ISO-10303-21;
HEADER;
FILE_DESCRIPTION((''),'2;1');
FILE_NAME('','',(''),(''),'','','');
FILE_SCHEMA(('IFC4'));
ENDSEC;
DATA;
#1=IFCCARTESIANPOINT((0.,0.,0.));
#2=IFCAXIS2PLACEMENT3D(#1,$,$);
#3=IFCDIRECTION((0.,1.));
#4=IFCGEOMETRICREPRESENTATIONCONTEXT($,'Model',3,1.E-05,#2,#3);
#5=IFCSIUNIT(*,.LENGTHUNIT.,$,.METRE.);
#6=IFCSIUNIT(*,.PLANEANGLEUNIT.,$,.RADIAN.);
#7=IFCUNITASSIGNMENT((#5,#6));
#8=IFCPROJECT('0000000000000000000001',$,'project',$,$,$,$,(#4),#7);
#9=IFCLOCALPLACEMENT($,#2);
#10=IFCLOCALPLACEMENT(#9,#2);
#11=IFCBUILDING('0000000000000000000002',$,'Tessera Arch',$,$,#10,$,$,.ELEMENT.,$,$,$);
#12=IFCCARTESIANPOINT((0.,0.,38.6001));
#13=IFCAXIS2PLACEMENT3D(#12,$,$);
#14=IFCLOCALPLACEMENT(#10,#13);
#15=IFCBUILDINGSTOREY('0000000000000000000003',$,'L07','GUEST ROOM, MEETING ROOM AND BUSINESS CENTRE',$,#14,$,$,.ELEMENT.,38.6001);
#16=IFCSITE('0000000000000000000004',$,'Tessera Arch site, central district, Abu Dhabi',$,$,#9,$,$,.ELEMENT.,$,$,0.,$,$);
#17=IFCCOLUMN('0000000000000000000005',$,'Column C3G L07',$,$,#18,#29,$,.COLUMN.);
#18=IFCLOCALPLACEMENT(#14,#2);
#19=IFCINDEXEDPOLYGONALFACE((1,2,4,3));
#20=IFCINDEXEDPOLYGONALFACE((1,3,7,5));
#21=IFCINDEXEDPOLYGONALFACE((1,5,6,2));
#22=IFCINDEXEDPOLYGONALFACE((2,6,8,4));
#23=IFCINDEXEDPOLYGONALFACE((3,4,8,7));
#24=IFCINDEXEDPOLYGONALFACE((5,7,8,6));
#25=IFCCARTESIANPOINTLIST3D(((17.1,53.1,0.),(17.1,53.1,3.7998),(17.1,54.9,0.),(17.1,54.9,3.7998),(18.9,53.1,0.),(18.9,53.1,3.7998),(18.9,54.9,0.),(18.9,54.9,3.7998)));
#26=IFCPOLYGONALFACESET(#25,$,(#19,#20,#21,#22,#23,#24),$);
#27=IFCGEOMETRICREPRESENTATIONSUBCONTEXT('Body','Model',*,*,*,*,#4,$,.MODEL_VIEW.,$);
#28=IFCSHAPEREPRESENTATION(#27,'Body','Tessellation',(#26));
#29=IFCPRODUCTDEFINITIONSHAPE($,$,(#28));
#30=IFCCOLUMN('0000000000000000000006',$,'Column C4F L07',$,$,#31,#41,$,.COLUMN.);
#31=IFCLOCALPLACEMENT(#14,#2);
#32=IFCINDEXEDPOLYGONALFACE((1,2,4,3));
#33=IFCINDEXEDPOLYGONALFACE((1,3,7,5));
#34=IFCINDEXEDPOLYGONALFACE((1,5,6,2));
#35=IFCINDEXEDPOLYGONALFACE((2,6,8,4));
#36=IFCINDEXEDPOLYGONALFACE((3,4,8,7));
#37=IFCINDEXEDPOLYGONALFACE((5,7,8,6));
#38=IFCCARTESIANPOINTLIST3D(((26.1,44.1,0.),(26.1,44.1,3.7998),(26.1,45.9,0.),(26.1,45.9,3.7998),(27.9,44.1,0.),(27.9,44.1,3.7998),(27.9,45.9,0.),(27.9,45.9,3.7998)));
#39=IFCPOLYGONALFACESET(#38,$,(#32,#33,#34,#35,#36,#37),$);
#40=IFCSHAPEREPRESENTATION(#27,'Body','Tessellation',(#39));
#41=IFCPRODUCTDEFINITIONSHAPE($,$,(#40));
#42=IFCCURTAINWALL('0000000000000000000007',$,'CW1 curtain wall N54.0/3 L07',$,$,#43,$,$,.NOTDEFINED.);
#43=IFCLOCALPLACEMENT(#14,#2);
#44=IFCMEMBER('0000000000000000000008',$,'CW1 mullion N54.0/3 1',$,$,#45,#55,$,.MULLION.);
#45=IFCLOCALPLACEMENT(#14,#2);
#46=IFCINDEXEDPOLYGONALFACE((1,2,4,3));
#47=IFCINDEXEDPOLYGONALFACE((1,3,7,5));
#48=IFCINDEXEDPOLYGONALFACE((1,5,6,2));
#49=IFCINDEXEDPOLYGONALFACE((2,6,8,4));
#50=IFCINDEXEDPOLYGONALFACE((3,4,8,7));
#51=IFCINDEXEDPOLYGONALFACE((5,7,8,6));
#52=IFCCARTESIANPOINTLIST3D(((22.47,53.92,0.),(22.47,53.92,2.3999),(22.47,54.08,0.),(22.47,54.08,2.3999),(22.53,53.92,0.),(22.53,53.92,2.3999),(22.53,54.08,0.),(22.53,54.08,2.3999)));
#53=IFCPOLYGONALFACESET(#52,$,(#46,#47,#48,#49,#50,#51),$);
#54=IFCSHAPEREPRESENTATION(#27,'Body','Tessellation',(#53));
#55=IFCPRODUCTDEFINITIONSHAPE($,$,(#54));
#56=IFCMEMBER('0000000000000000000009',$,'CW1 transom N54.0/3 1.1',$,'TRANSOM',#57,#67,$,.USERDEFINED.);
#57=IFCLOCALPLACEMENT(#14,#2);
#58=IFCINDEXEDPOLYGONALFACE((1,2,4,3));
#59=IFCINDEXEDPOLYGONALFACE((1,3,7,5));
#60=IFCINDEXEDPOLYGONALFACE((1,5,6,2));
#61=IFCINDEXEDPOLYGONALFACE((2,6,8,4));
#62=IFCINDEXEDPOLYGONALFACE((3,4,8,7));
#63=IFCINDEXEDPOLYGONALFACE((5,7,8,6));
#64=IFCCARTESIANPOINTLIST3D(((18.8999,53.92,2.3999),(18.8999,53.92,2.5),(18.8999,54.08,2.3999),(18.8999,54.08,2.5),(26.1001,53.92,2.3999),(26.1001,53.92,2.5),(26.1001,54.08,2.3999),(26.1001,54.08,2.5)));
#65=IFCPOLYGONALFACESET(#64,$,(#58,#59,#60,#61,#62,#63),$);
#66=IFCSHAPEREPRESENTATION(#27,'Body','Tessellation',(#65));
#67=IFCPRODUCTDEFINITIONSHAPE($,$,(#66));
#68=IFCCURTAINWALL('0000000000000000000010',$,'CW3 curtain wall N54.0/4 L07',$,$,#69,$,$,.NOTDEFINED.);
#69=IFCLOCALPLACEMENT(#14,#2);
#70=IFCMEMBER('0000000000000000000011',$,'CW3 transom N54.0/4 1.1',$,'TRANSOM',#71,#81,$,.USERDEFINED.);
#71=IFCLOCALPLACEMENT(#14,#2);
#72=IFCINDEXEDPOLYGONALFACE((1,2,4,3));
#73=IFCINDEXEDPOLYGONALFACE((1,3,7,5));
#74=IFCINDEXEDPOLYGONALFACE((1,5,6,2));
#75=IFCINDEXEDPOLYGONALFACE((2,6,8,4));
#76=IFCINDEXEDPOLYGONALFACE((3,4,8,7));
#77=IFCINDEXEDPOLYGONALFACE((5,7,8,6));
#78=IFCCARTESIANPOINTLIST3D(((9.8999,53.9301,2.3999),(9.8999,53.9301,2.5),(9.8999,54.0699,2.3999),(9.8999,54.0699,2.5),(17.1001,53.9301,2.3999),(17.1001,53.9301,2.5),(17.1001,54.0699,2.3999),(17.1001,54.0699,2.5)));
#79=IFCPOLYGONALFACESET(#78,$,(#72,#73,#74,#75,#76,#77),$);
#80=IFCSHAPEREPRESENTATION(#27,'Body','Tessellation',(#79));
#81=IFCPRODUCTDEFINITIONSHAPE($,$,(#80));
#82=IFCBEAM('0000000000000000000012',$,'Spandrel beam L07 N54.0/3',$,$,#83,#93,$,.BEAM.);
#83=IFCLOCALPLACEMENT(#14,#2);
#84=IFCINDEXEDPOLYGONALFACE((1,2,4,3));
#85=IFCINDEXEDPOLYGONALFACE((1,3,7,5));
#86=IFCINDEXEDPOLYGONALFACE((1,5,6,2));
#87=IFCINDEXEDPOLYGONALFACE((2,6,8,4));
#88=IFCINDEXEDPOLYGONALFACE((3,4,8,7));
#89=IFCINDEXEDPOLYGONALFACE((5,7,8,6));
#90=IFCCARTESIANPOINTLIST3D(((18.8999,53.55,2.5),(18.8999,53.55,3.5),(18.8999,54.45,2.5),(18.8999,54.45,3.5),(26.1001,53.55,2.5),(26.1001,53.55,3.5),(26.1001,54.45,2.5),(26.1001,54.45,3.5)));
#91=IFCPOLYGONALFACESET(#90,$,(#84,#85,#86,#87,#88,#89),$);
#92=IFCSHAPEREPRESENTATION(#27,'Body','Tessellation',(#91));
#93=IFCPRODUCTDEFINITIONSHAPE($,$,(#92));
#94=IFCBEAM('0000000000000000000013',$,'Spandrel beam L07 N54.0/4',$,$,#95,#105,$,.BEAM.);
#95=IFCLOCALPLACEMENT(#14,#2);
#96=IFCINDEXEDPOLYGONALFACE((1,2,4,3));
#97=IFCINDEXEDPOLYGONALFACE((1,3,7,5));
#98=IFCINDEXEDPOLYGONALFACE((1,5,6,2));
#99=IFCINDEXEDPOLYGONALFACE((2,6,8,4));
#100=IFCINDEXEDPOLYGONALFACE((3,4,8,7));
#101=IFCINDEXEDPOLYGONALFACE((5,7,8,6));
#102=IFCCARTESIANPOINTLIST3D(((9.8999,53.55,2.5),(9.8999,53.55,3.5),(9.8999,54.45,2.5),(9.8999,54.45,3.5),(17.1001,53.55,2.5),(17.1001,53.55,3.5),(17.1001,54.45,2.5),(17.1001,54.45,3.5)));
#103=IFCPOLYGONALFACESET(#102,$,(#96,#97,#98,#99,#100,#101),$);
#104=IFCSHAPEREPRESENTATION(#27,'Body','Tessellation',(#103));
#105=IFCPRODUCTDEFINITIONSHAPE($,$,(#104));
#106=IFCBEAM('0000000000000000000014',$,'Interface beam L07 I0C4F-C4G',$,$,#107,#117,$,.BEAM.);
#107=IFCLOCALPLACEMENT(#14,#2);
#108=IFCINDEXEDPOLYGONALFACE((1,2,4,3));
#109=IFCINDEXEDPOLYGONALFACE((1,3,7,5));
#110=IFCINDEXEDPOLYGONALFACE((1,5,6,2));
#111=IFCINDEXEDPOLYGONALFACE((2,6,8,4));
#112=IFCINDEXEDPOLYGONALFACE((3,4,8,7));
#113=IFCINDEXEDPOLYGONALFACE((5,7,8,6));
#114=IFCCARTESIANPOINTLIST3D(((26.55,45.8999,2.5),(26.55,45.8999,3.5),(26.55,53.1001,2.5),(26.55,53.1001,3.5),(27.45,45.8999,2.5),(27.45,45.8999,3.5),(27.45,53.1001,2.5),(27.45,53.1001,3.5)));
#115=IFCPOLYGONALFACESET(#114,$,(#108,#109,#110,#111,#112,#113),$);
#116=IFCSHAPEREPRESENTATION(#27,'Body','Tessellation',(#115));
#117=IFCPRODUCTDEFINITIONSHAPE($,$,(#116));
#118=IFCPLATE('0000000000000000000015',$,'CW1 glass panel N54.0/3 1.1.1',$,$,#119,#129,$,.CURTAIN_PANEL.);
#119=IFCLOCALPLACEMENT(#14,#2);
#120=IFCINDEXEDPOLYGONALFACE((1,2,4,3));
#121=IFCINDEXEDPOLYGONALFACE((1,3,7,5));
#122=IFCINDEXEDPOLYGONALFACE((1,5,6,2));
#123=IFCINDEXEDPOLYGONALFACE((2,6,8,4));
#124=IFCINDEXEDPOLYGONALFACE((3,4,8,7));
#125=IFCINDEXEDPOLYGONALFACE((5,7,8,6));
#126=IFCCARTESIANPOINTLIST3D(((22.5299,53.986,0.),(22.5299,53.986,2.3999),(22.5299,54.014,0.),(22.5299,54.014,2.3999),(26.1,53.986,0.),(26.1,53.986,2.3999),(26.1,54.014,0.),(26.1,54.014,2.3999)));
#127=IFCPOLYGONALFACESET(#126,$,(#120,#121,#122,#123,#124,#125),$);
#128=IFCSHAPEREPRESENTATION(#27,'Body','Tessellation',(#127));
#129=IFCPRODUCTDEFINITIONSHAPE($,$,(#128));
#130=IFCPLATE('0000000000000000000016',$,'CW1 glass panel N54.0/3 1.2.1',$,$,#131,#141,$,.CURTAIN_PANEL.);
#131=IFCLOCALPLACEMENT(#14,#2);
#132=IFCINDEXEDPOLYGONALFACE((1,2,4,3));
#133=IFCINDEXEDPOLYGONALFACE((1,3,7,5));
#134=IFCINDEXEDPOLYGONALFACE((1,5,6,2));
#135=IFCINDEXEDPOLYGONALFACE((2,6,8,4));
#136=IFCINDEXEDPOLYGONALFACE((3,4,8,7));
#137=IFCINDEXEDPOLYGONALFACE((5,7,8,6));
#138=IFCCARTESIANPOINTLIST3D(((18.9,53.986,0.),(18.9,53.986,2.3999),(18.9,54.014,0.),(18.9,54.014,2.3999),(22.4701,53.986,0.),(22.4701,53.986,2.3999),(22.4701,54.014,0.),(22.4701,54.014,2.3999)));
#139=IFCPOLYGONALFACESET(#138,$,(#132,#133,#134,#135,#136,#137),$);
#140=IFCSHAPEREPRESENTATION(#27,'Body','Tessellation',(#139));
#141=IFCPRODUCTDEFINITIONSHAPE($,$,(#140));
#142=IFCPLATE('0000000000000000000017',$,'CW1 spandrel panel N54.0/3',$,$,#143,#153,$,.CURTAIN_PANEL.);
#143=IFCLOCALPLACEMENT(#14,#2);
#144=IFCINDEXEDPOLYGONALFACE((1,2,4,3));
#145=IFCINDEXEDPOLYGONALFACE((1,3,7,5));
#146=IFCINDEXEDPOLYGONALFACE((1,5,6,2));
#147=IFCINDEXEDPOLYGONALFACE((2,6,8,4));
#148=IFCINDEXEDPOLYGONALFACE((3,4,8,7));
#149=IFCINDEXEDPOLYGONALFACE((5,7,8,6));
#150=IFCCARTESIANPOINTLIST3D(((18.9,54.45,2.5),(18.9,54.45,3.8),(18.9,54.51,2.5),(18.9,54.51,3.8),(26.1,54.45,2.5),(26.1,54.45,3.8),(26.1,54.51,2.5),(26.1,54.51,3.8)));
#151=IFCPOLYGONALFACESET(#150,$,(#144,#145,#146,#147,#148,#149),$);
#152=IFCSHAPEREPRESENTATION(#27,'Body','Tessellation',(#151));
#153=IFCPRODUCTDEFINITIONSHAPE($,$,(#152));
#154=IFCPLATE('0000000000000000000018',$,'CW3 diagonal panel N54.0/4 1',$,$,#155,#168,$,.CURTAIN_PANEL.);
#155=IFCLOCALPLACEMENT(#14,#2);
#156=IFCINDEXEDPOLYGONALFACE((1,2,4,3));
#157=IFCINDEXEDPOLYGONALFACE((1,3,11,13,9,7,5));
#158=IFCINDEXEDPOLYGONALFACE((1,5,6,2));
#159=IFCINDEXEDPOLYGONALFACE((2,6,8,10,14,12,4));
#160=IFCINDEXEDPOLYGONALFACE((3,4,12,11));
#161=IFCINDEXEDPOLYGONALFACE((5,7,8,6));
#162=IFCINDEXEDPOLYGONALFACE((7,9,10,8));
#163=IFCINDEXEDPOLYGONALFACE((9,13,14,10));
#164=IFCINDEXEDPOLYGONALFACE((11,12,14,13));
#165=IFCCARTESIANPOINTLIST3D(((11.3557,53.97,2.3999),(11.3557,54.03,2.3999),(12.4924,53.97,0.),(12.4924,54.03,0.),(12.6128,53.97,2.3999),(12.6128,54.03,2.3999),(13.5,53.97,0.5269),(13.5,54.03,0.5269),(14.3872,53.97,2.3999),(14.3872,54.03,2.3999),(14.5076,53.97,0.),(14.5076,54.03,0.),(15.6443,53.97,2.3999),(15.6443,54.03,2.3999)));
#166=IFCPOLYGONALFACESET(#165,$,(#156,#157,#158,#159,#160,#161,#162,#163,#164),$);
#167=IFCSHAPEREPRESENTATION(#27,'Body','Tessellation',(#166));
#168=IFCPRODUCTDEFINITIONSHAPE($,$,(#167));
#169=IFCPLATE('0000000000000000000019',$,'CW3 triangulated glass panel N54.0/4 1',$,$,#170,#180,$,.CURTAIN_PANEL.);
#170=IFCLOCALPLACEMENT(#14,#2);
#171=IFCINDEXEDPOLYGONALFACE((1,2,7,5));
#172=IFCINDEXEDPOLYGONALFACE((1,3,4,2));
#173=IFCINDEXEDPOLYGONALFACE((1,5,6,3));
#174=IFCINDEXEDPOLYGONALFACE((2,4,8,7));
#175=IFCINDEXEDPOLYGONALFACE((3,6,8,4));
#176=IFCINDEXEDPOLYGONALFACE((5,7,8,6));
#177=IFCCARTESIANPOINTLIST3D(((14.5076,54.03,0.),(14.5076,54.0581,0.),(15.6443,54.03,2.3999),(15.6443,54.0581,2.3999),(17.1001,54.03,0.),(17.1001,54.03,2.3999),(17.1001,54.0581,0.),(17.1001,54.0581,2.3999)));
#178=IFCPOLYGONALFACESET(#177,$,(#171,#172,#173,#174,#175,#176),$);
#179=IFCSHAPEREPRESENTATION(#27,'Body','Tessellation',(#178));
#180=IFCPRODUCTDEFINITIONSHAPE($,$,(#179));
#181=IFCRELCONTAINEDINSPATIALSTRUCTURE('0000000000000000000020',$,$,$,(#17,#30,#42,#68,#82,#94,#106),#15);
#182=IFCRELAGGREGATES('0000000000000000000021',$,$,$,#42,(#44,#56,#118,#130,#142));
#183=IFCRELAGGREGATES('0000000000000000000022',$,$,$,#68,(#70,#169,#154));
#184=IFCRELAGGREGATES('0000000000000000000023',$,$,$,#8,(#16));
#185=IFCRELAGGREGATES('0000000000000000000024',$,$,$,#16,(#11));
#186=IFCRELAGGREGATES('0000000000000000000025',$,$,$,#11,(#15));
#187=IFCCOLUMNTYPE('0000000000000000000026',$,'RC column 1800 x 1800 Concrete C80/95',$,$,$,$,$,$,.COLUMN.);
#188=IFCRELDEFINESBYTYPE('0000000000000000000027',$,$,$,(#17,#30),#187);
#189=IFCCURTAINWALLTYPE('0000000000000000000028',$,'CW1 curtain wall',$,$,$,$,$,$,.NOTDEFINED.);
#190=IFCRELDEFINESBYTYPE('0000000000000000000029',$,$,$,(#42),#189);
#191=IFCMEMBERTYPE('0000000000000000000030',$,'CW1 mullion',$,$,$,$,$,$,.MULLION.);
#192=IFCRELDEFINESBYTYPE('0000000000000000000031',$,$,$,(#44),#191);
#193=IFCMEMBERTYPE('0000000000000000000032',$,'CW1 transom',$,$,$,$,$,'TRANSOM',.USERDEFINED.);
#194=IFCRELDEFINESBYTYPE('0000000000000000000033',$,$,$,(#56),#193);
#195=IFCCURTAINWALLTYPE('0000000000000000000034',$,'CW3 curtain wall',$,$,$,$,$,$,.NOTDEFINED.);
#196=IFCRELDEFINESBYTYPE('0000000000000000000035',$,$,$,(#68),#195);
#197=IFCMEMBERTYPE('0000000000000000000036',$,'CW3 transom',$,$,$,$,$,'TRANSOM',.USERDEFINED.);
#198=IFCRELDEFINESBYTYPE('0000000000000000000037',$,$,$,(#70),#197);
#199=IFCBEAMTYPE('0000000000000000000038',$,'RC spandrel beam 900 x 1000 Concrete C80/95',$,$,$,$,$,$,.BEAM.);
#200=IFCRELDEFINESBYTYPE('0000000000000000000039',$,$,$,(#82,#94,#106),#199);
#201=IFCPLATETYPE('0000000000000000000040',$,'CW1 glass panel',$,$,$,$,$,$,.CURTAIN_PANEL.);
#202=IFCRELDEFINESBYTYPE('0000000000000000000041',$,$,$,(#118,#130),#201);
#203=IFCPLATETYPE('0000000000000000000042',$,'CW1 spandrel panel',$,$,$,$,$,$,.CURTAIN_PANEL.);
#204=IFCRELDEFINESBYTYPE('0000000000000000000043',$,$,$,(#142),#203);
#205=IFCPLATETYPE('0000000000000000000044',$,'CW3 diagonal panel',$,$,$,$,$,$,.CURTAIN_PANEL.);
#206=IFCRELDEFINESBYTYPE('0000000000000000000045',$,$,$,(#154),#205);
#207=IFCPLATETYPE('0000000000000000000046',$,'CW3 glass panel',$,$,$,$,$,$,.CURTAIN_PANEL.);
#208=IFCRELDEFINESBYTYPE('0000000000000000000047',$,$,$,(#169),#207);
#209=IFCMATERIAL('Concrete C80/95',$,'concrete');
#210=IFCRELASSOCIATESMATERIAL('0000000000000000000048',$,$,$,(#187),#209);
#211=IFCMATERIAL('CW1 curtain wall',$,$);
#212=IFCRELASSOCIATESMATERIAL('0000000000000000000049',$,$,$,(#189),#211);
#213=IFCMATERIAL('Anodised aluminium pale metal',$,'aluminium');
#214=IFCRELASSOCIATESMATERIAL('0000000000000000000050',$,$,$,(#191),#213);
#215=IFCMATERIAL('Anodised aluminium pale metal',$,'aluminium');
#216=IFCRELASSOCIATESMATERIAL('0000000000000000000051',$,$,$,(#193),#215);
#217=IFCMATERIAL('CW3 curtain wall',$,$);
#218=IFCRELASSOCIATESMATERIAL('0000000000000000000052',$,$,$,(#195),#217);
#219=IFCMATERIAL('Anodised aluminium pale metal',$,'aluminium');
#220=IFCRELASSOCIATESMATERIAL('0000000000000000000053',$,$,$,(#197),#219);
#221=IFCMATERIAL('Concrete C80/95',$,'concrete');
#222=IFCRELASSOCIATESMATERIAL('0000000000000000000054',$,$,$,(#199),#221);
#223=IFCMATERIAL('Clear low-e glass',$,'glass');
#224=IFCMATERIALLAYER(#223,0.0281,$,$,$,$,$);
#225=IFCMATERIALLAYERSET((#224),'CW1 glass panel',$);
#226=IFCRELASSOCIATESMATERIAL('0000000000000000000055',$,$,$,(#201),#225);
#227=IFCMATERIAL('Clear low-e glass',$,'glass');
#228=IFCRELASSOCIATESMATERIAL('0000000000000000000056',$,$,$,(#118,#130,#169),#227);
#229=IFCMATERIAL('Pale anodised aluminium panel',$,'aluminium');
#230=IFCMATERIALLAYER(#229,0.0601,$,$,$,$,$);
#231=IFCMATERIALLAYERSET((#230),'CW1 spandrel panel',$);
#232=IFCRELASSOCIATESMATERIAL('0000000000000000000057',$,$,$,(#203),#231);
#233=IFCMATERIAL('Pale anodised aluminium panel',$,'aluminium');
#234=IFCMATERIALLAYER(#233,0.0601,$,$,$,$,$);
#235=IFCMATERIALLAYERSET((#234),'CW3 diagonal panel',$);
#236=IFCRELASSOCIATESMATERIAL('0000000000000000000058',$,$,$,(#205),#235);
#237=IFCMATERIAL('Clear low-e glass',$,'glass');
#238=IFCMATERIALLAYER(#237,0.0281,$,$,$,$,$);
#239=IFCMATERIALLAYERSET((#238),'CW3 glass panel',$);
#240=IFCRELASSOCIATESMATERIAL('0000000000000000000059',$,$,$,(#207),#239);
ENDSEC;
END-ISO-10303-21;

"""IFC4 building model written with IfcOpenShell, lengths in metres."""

from ifc_helpers import new_model, si_unit, direction, frame, origin, origin_2d, place, context, subcontext, project, spatial, polyline, rectangle, outline, extrude, material, layer, layer_set, material_profile, profile_set, type_object, element, aggregate, save


model = new_model("IFC4")

# Units and contexts
model_context = context("Model", 3, precision=1e-05, world=origin(), true_north=direction((0.0, 1.0)))
body_context = subcontext(model_context, "Body", "Model", "MODEL_VIEW")
ifc_project = project(units=[si_unit("LENGTHUNIT", "METRE"), si_unit("PLANEANGLEUNIT", "RADIAN")], contexts=[model_context])

# Site, building, storey
site_placement = place(None, origin())
site = spatial("IfcSite", under=ifc_project, at=site_placement, Name="Tessera Arch site, central district, Abu Dhabi", CompositionType="ELEMENT", RefElevation=0.0)
building_placement = place(site_placement, origin())
building = spatial("IfcBuilding", under=site, at=building_placement, Name="Tessera Arch", CompositionType="ELEMENT")
storey_placement = place(building_placement, frame((0.0, 0.0, 38.6001)))
storey = spatial("IfcBuildingStorey", under=building, at=storey_placement, Name="L07", Description="GUEST ROOM, MEETING ROOM AND BUSINESS CENTRE", CompositionType="ELEMENT", Elevation=38.6001)

# Columns
ifc_material_1 = material(Name="Concrete C80/95", Category="concrete")
ifc_material_profile_1 = material_profile(ifc_material_1, rectangle(XDim=1.8, YDim=1.8, at=origin_2d()), Name="RC column 1800 x 1800 Concrete C80/95")
ifc_profile_set_1 = profile_set([ifc_material_profile_1], Name="Concrete C80/95")
column_type = type_object("IfcColumnType", Name="RC column 1800 x 1800 Concrete C80/95", PredefinedType="COLUMN", material=ifc_profile_set_1)
for number, where, z_axis, x_axis, name in (
    (1, (18.0, 54.0, 0.0), (0.0, 0.0, 1.0), (1.0, 0.0, 0.0), "Column C3G L07"),
    (2, (27.0, 45.0, 0.0), (0.0, 0.0, 1.0), (1.0, 0.0, 0.0), "Column C4F L07"),
):
    element("IfcColumn", number, at=place(storey_placement, frame(where, z_axis=z_axis, x_axis=x_axis)), inside=storey, type_object=column_type, Name=name, PredefinedType="COLUMN", context=body_context, shape_type="SweptSolid", body=[
        extrude(rectangle(XDim=1.8, YDim=1.8, at=origin_2d()), origin(), (0.0, 0.0, 1.0), 3.7998),
    ])

# Curtain wall, members
ifc_material_2 = material(Name="CW1 curtain wall")
curtain_wall_type_1 = type_object("IfcCurtainWallType", Name="CW1 curtain wall", PredefinedType="NOTDEFINED", material=ifc_material_2)
curtain_wall_1_placement = place(storey_placement, origin())
curtain_wall_1 = element("IfcCurtainWall", 3, at=curtain_wall_1_placement, inside=storey, type_object=curtain_wall_type_1, Name="CW1 curtain wall N54.0/3 L07", PredefinedType="NOTDEFINED")
ifc_material_3 = material(Name="Anodised aluminium pale metal", Category="aluminium")
ifc_material_profile_2 = material_profile(ifc_material_3, rectangle(XDim=0.1599, YDim=0.0601, at=origin_2d()), Name="AL 60x160")
ifc_profile_set_2 = profile_set([ifc_material_profile_2], Name="Anodised aluminium pale metal")
member_type_1 = type_object("IfcMemberType", Name="CW1 mullion", PredefinedType="MULLION", material=ifc_profile_set_2)
member_1_placement = place(storey_placement, frame((22.5, 54.0, 0.0), z_axis=(0.0, 0.0, 1.0), x_axis=(0.0, -1.0, 0.0)))
member_1 = element("IfcMember", 4, at=member_1_placement, type_object=member_type_1, Name="CW1 mullion N54.0/3 1", PredefinedType="MULLION", context=body_context, shape_type="SweptSolid", body=[
    extrude(rectangle(XDim=0.1599, YDim=0.0601, at=origin_2d()), origin(), (0.0, 0.0, 1.0), 2.3999),
])
ifc_material_4 = material(Name="Anodised aluminium pale metal", Category="aluminium")
ifc_material_profile_3 = material_profile(ifc_material_4, rectangle(XDim=0.1599, YDim=0.1001, at=origin_2d()), Name="AL 160x100")
ifc_profile_set_3 = profile_set([ifc_material_profile_3], Name="Anodised aluminium pale metal")
member_type_2 = type_object("IfcMemberType", Name="CW1 transom", ElementType="TRANSOM", PredefinedType="USERDEFINED", material=ifc_profile_set_3)
member_2_placement = place(storey_placement, frame((26.1001, 54.0, 2.45), z_axis=(-1.0, 0.0, 0.0), x_axis=(0.0, -1.0, 0.0)))
member_2 = element("IfcMember", 5, at=member_2_placement, type_object=member_type_2, Name="CW1 transom N54.0/3 1.1", ObjectType="TRANSOM", PredefinedType="USERDEFINED", context=body_context, shape_type="SweptSolid", body=[
    extrude(rectangle(XDim=0.1599, YDim=0.1001, at=origin_2d()), origin(), (0.0, 0.0, 1.0), 7.2002),
])

# Curtain wall, member
ifc_material_5 = material(Name="CW3 curtain wall")
curtain_wall_type_2 = type_object("IfcCurtainWallType", Name="CW3 curtain wall", PredefinedType="NOTDEFINED", material=ifc_material_5)
curtain_wall_2_placement = place(storey_placement, origin())
curtain_wall_2 = element("IfcCurtainWall", 6, at=curtain_wall_2_placement, inside=storey, type_object=curtain_wall_type_2, Name="CW3 curtain wall N54.0/4 L07", PredefinedType="NOTDEFINED")
ifc_material_6 = material(Name="Anodised aluminium pale metal", Category="aluminium")
ifc_material_profile_4 = material_profile(ifc_material_6, rectangle(XDim=0.1399, YDim=0.1001, at=origin_2d()), Name="AL 140x100")
ifc_profile_set_4 = profile_set([ifc_material_profile_4], Name="Anodised aluminium pale metal")
member_type_3 = type_object("IfcMemberType", Name="CW3 transom", ElementType="TRANSOM", PredefinedType="USERDEFINED", material=ifc_profile_set_4)
member_3_placement = place(storey_placement, frame((17.1001, 54.0, 2.45), z_axis=(-1.0, 0.0, 0.0), x_axis=(0.0, -1.0, 0.0)))
member_3 = element("IfcMember", 7, at=member_3_placement, type_object=member_type_3, Name="CW3 transom N54.0/4 1.1", ObjectType="TRANSOM", PredefinedType="USERDEFINED", context=body_context, shape_type="SweptSolid", body=[
    extrude(rectangle(XDim=0.1399, YDim=0.1001, at=origin_2d()), origin(), (0.0, 0.0, 1.0), 7.2002),
])

# Beams
ifc_material_7 = material(Name="Concrete C80/95", Category="concrete")
ifc_material_profile_5 = material_profile(ifc_material_7, rectangle(XDim=0.8999, YDim=1.0, at=origin_2d()), Name="RC spandrel beam 900 x 1000 Concrete C80/95")
ifc_profile_set_5 = profile_set([ifc_material_profile_5], Name="Concrete C80/95")
beam_type = type_object("IfcBeamType", Name="RC spandrel beam 900 x 1000 Concrete C80/95", PredefinedType="BEAM", material=ifc_profile_set_5)
for number, where, z_axis, x_axis, name in (
    (8, (26.1001, 54.0, 3.0), (-1.0, 0.0, 0.0), (0.0, -1.0, 0.0), "Spandrel beam L07 N54.0/3"),
    (9, (17.1001, 54.0, 3.0), (-1.0, 0.0, 0.0), (0.0, -1.0, 0.0), "Spandrel beam L07 N54.0/4"),
    (10, (27.0, 45.8999, 3.0), (0.0, 1.0, 0.0), (-1.0, 0.0, 0.0), "Interface beam L07 I0C4F-C4G"),
):
    element("IfcBeam", number, at=place(storey_placement, frame(where, z_axis=z_axis, x_axis=x_axis)), inside=storey, type_object=beam_type, Name=name, PredefinedType="BEAM", context=body_context, shape_type="SweptSolid", body=[
        extrude(rectangle(XDim=0.8999, YDim=1.0, at=origin_2d()), origin(), (0.0, 0.0, 1.0), 7.2002),
    ])

# Plates
ifc_material_8 = material(Name="Clear low-e glass", Category="glass")
ifc_material_9 = material(Name="Clear low-e glass", Category="glass")
ifc_layer_1 = layer(ifc_material_9, 0.0281)
ifc_layer_set_1 = layer_set([ifc_layer_1], Name="CW1 glass panel")
plate_type_1 = type_object("IfcPlateType", Name="CW1 glass panel", PredefinedType="CURTAIN_PANEL", material=ifc_layer_set_1)
plate_1_placement = place(storey_placement, frame((24.3149, 54.0, 0.0), z_axis=(0.0, 0.0, 1.0), x_axis=(-1.0, 0.0, 0.0)))
plate_1 = element("IfcPlate", 11, at=plate_1_placement, type_object=plate_type_1, material=ifc_material_8, Name="CW1 glass panel N54.0/3 1.1.1", PredefinedType="CURTAIN_PANEL", context=body_context, shape_type="SweptSolid", body=[
    extrude(rectangle(XDim=3.5701, YDim=0.0281, at=origin_2d()), origin(), (0.0, 0.0, 1.0), 2.3999),
])
plate_2_placement = place(storey_placement, frame((20.6851, 54.0, 0.0), z_axis=(0.0, 0.0, 1.0), x_axis=(-1.0, 0.0, 0.0)))
plate_2 = element("IfcPlate", 12, at=plate_2_placement, type_object=plate_type_1, material=ifc_material_8, Name="CW1 glass panel N54.0/3 1.2.1", PredefinedType="CURTAIN_PANEL", context=body_context, shape_type="SweptSolid", body=[
    extrude(rectangle(XDim=3.5701, YDim=0.0281, at=origin_2d()), origin(), (0.0, 0.0, 1.0), 2.3999),
])
ifc_material_10 = material(Name="Pale anodised aluminium panel", Category="aluminium")
ifc_layer_2 = layer(ifc_material_10, 0.0601)
ifc_layer_set_2 = layer_set([ifc_layer_2], Name="CW1 spandrel panel")
plate_type_2 = type_object("IfcPlateType", Name="CW1 spandrel panel", PredefinedType="CURTAIN_PANEL", material=ifc_layer_set_2)
plate_3_placement = place(storey_placement, frame((22.5, 54.48, 2.5), z_axis=(0.0, 0.0, 1.0), x_axis=(-1.0, 0.0, 0.0)))
plate_3 = element("IfcPlate", 13, at=plate_3_placement, type_object=plate_type_2, Name="CW1 spandrel panel N54.0/3", PredefinedType="CURTAIN_PANEL", context=body_context, shape_type="SweptSolid", body=[
    extrude(rectangle(XDim=7.2, YDim=0.0601, at=origin_2d()), origin(), (0.0, 0.0, 1.0), 1.3),
])
aggregate(curtain_wall_1, [member_1, member_2, plate_1, plate_2, plate_3])
ifc_material_11 = material(Name="Pale anodised aluminium panel", Category="aluminium")
ifc_layer_3 = layer(ifc_material_11, 0.0601)
ifc_layer_set_3 = layer_set([ifc_layer_3], Name="CW3 diagonal panel")
plate_type_3 = type_object("IfcPlateType", Name="CW3 diagonal panel", PredefinedType="CURTAIN_PANEL", material=ifc_layer_set_3)
plate_4_placement = place(storey_placement, frame((11.3557, 54.03, 2.3999), z_axis=(0.0, 1.0, 0.0), x_axis=(1.0, 0.0, 0.0)))
plate_4 = element("IfcPlate", 14, at=plate_4_placement, type_object=plate_type_3, Name="CW3 diagonal panel N54.0/4 1", PredefinedType="CURTAIN_PANEL", context=body_context, shape_type="SweptSolid", body=[
    extrude(outline(polyline([(0.0, 0.0), (1.2571, 0.0), (2.1443, 1.873), (3.0315, 0.0), (4.2886, 0.0), (3.1519, 2.3999), (1.1367, 2.3999), (0.0, 0.0)])), origin(), (0.0, 0.0, -1.0), 0.0601),
])
ifc_material_12 = material(Name="Clear low-e glass", Category="glass")
ifc_layer_4 = layer(ifc_material_12, 0.0281)
ifc_layer_set_4 = layer_set([ifc_layer_4], Name="CW3 glass panel")
plate_type_4 = type_object("IfcPlateType", Name="CW3 glass panel", PredefinedType="CURTAIN_PANEL", material=ifc_layer_set_4)
plate_5_placement = place(storey_placement, frame((17.1001, 54.0581, 0.0), z_axis=(0.0, 1.0, 0.0), x_axis=(-1.0, 0.0, 0.0)))
plate_5 = element("IfcPlate", 15, at=plate_5_placement, type_object=plate_type_4, material=ifc_material_8, Name="CW3 triangulated glass panel N54.0/4 1", PredefinedType="CURTAIN_PANEL", context=body_context, shape_type="SweptSolid", body=[
    extrude(outline(polyline([(0.0, 0.0), (2.5925, 0.0), (1.4558, 2.3999), (0.0, 2.3999), (0.0, 0.0)])), origin(), (0.0, 0.0, -1.0), 0.0281),
])
aggregate(curtain_wall_2, [member_3, plate_5, plate_4])

save(model, "model.ifc")
